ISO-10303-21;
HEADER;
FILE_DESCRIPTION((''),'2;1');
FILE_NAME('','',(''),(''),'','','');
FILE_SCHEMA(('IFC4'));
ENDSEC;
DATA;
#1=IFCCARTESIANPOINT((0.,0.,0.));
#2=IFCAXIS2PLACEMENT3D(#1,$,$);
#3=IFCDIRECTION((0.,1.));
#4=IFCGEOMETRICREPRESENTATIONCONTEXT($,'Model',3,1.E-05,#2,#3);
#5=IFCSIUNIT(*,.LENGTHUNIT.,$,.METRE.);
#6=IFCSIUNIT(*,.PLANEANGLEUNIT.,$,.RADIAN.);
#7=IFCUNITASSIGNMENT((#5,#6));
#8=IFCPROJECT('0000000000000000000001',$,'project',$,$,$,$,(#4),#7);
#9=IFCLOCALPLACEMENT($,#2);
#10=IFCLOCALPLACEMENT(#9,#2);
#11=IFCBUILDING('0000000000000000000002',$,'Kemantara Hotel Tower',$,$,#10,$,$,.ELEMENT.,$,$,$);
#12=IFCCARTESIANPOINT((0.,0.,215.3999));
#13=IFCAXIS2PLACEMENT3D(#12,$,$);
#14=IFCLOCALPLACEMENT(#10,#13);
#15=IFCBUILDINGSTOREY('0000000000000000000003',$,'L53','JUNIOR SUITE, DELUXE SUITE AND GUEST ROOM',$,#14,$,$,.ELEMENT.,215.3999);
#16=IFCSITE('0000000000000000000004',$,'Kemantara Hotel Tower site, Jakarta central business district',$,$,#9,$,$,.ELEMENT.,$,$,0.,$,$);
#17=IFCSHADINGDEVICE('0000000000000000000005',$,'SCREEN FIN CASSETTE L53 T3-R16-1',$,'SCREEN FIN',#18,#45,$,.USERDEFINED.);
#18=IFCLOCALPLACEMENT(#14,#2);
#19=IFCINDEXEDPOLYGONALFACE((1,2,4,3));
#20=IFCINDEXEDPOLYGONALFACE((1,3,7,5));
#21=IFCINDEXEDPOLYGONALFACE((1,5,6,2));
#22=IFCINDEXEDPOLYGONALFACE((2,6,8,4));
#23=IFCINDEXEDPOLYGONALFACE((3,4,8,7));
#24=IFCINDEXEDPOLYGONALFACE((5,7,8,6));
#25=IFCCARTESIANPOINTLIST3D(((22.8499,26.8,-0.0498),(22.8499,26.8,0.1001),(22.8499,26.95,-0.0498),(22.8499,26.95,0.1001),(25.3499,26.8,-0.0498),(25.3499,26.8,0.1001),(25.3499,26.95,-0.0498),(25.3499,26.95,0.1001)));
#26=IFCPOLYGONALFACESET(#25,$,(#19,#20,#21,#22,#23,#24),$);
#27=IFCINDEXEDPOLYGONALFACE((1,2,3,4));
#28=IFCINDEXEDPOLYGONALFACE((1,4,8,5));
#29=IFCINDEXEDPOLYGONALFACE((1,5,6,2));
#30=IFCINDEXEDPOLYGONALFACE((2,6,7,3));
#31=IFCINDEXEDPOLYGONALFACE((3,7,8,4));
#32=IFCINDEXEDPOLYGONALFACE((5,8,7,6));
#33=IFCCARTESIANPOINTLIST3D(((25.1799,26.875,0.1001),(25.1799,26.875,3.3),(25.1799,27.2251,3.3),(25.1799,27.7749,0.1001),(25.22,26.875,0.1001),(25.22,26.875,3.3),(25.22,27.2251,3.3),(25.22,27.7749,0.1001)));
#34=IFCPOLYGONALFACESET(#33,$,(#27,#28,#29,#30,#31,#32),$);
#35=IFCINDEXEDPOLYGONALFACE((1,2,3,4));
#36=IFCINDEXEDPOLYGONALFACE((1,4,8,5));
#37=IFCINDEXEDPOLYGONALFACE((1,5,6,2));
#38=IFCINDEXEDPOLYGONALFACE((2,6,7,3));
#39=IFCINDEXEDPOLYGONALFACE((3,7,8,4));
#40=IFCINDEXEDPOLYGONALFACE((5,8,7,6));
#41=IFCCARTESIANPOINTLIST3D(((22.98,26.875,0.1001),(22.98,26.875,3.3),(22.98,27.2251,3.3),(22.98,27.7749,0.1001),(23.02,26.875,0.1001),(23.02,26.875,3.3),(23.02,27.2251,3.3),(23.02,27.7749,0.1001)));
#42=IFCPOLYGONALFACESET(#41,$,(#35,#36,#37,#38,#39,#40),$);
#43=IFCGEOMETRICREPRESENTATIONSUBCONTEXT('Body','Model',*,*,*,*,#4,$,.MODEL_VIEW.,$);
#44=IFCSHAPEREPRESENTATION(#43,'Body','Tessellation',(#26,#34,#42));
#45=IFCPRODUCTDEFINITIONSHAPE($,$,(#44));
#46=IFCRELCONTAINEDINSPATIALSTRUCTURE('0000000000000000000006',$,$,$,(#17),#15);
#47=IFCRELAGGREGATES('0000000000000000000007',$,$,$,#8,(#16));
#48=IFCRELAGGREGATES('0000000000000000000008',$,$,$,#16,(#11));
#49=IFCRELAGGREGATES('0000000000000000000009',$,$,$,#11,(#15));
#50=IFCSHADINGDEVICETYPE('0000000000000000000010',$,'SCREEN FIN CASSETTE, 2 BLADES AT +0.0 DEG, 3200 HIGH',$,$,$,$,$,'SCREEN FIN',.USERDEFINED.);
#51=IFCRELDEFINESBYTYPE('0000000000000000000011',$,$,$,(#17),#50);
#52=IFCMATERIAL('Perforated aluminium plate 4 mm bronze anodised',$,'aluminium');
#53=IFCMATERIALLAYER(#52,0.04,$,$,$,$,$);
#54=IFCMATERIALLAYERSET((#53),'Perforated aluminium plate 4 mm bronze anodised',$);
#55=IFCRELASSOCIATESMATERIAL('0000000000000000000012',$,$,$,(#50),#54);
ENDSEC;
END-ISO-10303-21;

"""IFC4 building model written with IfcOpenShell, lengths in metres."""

from ifc_helpers import new_model, si_unit, direction, frame, origin, origin_2d, place, context, subcontext, project, spatial, polyline, rectangle, outline, extrude, source, transform, mapped, material, layer, layer_set, type_object, element, save


model = new_model("IFC4")

# Units and contexts
model_context = context("Model", 3, precision=1e-05, world=origin(), true_north=direction((0.0, 1.0)))
body_context = subcontext(model_context, "Body", "Model", "MODEL_VIEW")
ifc_project = project(units=[si_unit("LENGTHUNIT", "METRE"), si_unit("PLANEANGLEUNIT", "RADIAN")], contexts=[model_context])

# Site, building, storey
site_placement = place(None, origin())
site = spatial("IfcSite", under=ifc_project, at=site_placement, Name="Kemantara Hotel Tower site, Jakarta central business district", CompositionType="ELEMENT", RefElevation=0.0)
building_placement = place(site_placement, origin())
building = spatial("IfcBuilding", under=site, at=building_placement, Name="Kemantara Hotel Tower", CompositionType="ELEMENT")
storey_placement = place(building_placement, frame((0.0, 0.0, 215.3999)))
storey = spatial("IfcBuildingStorey", under=building, at=storey_placement, Name="L53", Description="JUNIOR SUITE, DELUXE SUITE AND GUEST ROOM", CompositionType="ELEMENT", Elevation=215.3999)

# Shading device
ifc_material_1 = material(Name="Perforated aluminium plate 4 mm bronze anodised", Category="aluminium")
ifc_layer_1 = layer(ifc_material_1, 0.04)
ifc_layer_set_1 = layer_set([ifc_layer_1], Name="Perforated aluminium plate 4 mm bronze anodised")
shading_device_type_1 = type_object("IfcShadingDeviceType", Name="SCREEN FIN CASSETTE, 2 BLADES AT +0.0 DEG, 3200 HIGH", ElementType="SCREEN FIN", PredefinedType="USERDEFINED", material=ifc_layer_set_1)
shared_shape_1 = source(origin(), body_context, "Body", "SweptSolid", [
    extrude(rectangle(XDim=2.5, YDim=0.1499, at=origin_2d()), frame((1.1001, -0.075, -0.1499), z_axis=(0.0, 0.0, 1.0), x_axis=(1.0, 0.0, 0.0)), (0.0, 0.0, 1.0), 0.1499),
    extrude(outline(polyline([(0.0, 0.0), (0.8999, 0.0), (0.3501, 3.2), (0.0, 3.2), (0.0, 0.0)])), frame((0.02, -0.075, 0.0), z_axis=(-1.0, 0.0, 0.0), x_axis=(0.0, -1.0, 0.0)), (0.0, 0.0, 1.0), 0.04),
    extrude(outline(polyline([(0.0, 0.0), (0.8999, 0.0), (0.3501, 3.2), (0.0, 3.2), (0.0, 0.0)])), frame((2.22, -0.075, 0.0), z_axis=(-1.0, 0.0, 0.0), x_axis=(0.0, -1.0, 0.0)), (0.0, 0.0, 1.0), 0.04),
])
for number, where, z_axis, x_axis, name in (
    (1, (25.2, 26.8, 0.1001), (0.0, 0.0, 1.0), (-1.0, 0.0, 0.0), "SCREEN FIN CASSETTE L53 T3-R16-1"),
):
    element("IfcShadingDevice", number, at=place(storey_placement, frame(where, z_axis=z_axis, x_axis=x_axis)), inside=storey, type_object=shading_device_type_1, Name=name, ObjectType="SCREEN FIN", PredefinedType="USERDEFINED", context=body_context, shape_type="MappedRepresentation", body=[
        mapped(shared_shape_1, transform((0.0, 0.0, 0.0))),
    ])

save(model, "model.ifc")
